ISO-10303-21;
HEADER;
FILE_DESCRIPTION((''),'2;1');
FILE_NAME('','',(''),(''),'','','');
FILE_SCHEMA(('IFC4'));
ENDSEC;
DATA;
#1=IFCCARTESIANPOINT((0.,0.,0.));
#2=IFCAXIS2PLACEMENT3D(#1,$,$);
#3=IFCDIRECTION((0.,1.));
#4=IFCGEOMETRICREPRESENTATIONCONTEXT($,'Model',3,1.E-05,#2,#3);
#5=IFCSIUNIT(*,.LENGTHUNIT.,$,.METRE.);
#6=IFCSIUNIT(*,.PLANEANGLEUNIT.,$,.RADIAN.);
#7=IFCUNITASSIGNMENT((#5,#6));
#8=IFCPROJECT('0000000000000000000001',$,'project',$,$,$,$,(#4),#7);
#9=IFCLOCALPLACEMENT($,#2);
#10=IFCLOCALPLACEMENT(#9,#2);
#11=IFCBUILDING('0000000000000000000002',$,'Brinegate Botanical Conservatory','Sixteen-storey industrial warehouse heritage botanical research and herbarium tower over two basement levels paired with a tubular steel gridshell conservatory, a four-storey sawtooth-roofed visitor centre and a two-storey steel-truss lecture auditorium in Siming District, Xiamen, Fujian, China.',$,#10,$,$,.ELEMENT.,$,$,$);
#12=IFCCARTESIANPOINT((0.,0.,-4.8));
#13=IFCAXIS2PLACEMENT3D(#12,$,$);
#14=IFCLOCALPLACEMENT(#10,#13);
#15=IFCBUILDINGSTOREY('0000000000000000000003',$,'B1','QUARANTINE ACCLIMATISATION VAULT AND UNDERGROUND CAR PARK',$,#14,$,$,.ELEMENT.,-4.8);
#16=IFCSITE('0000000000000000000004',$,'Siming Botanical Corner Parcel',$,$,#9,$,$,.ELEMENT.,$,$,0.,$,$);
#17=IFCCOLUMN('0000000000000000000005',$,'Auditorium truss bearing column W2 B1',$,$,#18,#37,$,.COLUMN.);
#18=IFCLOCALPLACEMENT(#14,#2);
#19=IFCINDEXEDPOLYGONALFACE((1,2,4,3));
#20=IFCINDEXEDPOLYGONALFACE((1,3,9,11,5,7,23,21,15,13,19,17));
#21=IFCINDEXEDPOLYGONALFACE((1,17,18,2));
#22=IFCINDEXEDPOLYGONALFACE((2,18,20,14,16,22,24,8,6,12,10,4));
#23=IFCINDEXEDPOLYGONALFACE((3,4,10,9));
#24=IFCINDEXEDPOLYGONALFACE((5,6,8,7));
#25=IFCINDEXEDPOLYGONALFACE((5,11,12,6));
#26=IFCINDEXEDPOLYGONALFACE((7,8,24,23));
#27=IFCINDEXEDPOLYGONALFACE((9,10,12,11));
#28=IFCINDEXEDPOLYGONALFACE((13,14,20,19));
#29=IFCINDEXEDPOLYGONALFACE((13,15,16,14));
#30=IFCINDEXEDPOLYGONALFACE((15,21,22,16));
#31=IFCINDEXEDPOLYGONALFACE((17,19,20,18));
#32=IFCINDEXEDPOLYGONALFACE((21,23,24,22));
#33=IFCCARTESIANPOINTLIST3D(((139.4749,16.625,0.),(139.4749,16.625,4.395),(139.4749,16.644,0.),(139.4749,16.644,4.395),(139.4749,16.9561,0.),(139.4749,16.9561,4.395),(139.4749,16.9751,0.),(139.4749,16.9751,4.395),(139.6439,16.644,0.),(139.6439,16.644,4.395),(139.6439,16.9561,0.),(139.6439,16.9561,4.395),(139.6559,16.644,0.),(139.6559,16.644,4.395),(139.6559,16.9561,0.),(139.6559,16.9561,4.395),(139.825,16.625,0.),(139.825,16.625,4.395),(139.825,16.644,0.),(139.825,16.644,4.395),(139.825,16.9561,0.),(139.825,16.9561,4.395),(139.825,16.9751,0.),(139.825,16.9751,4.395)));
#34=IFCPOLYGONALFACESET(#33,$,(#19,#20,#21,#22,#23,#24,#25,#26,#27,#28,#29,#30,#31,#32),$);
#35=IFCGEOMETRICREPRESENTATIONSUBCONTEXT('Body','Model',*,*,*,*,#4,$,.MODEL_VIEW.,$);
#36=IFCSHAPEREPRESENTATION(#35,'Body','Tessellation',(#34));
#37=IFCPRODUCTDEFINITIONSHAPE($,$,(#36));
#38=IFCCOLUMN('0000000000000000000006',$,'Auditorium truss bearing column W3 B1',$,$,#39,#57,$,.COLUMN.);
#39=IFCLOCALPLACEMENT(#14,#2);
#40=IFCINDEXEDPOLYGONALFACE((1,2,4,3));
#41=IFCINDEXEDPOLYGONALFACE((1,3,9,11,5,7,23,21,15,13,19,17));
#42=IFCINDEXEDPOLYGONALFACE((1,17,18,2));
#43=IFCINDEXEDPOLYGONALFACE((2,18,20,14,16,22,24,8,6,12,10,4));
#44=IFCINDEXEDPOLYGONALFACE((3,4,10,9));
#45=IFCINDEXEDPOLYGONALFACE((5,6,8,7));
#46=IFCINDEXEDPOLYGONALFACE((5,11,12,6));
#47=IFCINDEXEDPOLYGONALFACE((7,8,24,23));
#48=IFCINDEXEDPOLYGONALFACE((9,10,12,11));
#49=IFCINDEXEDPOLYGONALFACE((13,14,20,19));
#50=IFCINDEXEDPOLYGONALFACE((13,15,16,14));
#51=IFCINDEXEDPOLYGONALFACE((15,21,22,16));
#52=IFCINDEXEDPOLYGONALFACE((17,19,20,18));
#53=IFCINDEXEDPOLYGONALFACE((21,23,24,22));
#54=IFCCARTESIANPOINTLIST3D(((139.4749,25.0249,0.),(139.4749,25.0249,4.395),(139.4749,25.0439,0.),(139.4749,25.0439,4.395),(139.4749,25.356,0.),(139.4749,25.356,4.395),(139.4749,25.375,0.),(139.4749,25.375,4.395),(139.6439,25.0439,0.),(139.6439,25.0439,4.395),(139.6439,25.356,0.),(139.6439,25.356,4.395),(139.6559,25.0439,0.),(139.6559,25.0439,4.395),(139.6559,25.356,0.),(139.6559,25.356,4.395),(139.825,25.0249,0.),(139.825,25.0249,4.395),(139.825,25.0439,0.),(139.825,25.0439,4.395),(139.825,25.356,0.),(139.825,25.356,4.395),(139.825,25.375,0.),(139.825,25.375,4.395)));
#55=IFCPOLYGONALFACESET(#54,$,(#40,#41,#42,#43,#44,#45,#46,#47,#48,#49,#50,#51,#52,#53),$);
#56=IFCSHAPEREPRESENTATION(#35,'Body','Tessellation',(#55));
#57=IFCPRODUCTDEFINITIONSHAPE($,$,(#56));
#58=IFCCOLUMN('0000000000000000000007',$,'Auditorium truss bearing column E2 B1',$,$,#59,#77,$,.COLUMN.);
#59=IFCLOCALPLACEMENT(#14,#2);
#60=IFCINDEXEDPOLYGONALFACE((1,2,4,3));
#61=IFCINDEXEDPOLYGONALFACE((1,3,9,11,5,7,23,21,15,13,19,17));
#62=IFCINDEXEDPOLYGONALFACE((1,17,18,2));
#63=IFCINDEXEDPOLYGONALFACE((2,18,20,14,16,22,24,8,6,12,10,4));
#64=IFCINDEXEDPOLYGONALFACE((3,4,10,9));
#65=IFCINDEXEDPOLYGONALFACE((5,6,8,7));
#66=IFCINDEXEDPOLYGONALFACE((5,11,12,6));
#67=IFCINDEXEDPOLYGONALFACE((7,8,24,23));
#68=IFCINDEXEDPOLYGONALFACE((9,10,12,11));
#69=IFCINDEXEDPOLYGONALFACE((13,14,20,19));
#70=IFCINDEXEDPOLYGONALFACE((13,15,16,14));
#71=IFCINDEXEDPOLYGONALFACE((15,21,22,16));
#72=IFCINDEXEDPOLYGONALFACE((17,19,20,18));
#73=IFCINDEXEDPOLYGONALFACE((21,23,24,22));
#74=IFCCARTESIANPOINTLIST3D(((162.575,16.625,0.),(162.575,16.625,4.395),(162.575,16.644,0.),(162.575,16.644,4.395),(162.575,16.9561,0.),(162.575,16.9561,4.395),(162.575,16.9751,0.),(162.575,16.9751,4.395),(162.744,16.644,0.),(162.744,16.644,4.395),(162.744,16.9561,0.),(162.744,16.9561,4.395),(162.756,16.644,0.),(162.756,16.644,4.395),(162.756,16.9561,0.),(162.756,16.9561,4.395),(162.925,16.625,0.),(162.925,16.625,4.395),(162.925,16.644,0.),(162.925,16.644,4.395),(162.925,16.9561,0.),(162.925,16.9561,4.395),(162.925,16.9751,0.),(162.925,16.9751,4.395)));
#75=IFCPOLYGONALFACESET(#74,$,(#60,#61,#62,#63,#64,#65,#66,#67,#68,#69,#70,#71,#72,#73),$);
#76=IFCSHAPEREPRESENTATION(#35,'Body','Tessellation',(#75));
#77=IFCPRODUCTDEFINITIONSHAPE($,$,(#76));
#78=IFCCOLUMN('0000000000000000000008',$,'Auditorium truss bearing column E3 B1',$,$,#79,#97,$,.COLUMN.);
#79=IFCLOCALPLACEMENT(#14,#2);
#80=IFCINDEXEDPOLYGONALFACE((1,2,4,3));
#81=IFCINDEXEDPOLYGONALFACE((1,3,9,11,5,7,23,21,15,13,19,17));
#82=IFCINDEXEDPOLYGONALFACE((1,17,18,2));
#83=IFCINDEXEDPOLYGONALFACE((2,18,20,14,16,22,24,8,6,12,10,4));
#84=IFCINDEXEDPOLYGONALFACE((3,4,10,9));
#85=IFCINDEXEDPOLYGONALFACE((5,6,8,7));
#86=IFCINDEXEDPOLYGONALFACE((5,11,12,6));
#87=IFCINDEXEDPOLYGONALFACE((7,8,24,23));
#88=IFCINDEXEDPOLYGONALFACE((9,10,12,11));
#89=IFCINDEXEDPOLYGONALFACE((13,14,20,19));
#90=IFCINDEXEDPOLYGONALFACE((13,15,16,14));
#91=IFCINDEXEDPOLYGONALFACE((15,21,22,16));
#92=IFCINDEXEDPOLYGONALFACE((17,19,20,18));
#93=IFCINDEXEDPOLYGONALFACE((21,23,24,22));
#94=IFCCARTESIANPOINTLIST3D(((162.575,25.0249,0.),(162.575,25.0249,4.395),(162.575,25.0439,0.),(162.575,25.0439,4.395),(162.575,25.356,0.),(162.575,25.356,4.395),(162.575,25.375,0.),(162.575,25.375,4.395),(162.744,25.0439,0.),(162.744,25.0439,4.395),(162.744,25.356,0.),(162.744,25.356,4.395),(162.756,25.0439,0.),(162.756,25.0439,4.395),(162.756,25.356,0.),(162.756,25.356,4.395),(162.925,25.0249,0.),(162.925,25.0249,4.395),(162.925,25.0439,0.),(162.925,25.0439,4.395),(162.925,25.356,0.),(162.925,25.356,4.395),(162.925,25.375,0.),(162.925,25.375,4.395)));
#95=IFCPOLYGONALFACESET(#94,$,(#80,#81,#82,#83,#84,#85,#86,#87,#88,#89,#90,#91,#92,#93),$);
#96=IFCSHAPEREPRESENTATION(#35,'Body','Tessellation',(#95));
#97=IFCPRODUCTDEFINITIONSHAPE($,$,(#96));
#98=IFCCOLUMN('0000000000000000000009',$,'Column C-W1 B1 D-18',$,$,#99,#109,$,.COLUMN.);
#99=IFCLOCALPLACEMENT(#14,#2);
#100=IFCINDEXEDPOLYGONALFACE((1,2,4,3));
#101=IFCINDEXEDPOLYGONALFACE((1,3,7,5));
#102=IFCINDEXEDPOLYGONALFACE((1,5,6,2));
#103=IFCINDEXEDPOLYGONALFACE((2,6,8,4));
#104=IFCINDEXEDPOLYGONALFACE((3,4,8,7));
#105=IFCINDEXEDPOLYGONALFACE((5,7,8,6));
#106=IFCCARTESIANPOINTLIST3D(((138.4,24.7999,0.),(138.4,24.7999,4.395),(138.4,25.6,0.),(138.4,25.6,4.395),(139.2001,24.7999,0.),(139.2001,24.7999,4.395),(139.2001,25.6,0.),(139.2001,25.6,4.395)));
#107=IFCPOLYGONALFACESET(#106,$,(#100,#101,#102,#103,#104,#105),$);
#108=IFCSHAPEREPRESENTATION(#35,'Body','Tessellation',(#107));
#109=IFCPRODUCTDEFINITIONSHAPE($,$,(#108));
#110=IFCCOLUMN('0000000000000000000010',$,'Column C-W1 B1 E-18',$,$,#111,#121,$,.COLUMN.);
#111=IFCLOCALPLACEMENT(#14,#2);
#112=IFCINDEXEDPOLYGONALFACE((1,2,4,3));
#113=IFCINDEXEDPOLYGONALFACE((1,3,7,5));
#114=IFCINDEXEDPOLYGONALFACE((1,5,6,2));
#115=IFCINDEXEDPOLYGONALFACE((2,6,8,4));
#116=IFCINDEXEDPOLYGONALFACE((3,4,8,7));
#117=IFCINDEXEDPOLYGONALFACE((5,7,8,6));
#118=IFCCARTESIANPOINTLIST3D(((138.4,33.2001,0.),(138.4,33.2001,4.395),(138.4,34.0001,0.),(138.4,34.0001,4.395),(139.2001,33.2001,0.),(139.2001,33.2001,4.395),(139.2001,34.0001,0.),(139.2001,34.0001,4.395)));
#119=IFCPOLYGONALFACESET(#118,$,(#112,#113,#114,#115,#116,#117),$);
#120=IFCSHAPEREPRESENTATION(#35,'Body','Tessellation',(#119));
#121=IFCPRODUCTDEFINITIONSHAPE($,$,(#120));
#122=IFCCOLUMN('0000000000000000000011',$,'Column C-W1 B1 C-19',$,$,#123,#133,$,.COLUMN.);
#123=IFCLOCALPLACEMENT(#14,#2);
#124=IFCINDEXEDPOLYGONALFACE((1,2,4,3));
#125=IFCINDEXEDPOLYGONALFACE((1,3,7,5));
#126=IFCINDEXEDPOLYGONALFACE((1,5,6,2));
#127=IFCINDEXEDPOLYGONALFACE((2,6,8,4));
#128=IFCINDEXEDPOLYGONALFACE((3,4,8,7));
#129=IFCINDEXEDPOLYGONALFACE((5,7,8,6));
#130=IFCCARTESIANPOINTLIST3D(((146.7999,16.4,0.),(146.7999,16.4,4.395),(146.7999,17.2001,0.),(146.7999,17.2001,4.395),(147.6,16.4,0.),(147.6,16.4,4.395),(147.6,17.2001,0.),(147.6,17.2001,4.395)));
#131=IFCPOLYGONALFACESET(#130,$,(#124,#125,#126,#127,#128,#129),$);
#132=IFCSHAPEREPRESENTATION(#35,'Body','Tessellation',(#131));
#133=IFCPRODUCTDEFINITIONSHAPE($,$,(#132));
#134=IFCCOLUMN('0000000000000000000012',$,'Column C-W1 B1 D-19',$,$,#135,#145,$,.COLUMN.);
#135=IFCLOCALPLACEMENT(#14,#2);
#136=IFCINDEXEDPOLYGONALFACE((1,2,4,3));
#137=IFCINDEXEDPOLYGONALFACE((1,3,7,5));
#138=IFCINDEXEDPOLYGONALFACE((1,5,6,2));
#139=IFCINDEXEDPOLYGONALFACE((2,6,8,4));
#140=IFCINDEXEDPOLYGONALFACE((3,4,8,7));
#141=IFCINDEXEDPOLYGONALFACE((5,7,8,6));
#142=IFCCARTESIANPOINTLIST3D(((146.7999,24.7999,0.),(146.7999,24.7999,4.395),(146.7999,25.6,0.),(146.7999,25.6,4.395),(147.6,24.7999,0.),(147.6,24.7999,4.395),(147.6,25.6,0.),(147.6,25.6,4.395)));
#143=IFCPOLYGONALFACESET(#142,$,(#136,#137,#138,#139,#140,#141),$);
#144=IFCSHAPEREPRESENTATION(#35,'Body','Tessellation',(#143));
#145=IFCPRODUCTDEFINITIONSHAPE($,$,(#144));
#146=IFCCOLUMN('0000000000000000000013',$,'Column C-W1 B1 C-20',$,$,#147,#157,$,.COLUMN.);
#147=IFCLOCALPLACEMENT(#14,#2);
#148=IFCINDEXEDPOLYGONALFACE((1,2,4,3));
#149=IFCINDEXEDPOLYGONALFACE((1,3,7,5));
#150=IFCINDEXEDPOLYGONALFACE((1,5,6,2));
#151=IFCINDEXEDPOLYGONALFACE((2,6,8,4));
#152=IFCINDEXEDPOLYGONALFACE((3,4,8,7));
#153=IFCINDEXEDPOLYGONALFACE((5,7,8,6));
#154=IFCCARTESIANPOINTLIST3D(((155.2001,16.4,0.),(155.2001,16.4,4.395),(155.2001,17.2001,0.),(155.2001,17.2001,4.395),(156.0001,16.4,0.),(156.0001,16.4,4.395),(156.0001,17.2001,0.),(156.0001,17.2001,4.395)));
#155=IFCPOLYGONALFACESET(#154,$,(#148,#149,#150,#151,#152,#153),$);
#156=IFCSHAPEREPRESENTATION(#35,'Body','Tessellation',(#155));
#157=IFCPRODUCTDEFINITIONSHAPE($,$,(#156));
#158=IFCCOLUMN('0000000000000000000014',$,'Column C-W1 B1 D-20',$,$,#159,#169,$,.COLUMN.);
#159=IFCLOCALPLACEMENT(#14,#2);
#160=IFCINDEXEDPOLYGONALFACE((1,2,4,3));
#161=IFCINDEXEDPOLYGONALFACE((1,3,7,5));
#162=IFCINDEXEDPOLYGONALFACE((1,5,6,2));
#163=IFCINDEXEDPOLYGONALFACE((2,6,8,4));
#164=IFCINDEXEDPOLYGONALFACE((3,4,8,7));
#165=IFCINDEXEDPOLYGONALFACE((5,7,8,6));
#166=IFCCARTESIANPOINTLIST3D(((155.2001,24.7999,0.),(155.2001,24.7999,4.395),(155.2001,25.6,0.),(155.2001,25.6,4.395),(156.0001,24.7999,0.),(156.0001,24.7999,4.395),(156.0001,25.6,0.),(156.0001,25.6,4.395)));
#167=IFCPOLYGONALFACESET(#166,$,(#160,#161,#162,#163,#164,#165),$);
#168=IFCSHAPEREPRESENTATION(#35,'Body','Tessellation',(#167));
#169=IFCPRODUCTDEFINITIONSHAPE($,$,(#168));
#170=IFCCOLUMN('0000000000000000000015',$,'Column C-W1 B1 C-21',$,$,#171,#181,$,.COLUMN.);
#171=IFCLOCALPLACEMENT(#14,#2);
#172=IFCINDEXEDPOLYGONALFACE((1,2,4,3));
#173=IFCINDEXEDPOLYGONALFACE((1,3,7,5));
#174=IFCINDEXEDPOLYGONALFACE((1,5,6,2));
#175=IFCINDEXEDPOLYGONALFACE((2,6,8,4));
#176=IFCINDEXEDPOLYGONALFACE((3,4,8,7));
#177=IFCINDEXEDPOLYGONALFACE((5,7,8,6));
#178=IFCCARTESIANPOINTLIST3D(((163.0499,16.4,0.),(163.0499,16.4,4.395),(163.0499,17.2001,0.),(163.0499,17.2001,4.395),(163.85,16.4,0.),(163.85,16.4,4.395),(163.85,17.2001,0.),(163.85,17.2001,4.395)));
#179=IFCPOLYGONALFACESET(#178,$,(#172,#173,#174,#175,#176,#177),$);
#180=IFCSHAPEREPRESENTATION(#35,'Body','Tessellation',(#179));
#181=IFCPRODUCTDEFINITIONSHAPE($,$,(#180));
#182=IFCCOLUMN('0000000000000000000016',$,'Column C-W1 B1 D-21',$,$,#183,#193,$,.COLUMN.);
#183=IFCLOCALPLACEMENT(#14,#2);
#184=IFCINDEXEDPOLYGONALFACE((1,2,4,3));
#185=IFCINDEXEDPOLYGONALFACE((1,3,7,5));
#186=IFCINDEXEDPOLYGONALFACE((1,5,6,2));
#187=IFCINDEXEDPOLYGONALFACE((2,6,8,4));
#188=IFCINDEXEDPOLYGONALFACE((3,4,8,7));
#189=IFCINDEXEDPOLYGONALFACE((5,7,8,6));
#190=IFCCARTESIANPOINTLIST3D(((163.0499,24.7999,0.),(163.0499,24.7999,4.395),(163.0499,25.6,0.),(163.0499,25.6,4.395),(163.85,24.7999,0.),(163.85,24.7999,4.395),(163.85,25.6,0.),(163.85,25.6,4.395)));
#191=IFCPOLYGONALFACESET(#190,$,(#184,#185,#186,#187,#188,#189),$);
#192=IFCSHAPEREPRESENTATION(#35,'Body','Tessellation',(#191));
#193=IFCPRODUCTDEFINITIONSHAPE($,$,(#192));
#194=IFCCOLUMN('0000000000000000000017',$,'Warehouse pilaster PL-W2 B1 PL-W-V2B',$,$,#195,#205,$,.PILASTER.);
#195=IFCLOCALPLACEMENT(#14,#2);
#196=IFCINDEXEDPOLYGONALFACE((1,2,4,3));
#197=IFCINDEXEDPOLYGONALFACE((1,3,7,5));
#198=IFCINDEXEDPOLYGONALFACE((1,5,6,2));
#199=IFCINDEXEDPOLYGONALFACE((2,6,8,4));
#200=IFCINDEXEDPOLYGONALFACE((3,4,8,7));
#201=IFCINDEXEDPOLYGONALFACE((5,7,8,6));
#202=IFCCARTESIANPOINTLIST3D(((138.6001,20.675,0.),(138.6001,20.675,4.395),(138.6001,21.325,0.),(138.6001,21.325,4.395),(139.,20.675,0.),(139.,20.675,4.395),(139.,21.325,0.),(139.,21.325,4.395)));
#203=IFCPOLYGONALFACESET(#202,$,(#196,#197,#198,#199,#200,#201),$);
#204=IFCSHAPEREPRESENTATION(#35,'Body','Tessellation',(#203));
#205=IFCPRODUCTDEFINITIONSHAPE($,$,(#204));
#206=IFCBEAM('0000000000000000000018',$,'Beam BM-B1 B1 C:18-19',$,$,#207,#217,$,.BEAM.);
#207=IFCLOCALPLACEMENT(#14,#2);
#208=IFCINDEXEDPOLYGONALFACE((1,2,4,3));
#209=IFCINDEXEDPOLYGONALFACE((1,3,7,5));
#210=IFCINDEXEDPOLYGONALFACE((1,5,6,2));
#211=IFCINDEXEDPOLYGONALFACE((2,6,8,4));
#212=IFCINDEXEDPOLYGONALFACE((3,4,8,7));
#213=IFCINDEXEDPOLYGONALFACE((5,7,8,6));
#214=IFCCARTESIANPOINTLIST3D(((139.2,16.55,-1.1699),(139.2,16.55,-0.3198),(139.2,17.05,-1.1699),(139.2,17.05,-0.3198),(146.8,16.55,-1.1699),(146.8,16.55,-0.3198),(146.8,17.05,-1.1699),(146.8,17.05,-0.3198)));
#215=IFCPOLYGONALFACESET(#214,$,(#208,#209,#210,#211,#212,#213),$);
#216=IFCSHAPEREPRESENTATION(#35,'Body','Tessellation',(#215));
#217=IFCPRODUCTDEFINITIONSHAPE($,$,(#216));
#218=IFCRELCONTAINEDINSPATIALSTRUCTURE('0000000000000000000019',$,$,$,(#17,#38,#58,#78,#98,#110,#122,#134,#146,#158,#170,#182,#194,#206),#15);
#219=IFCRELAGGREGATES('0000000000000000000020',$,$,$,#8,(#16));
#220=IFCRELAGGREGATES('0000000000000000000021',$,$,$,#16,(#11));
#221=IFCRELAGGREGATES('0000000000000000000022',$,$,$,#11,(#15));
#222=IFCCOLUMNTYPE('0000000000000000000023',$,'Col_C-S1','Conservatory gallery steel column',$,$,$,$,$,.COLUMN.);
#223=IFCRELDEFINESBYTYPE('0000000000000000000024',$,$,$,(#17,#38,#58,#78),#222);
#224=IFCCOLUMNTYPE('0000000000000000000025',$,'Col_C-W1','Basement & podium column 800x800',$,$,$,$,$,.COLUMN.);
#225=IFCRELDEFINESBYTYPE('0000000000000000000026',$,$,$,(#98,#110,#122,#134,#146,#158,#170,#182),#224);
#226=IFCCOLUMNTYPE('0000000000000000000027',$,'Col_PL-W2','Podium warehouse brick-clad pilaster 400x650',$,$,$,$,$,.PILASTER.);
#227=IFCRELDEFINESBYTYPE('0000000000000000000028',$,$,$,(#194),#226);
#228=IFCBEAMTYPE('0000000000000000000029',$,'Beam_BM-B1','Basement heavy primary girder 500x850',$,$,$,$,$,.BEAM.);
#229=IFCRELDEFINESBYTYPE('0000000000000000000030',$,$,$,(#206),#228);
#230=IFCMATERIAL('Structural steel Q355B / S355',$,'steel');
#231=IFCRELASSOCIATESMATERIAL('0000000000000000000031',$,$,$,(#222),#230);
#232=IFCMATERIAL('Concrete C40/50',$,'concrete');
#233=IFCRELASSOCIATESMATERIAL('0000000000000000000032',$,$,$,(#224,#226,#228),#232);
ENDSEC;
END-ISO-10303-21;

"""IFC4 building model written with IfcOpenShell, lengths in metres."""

from ifc_helpers import new_model, si_unit, direction, frame, origin, origin_2d, place, context, subcontext, project, spatial, rectangle, i_section, extrude, material, material_profile, profile_set, type_object, element, save


model = new_model("IFC4")

# Units and contexts
model_context = context("Model", 3, precision=1e-05, world=origin(), true_north=direction((0.0, 1.0)))
body_context = subcontext(model_context, "Body", "Model", "MODEL_VIEW")
ifc_project = project(units=[si_unit("LENGTHUNIT", "METRE"), si_unit("PLANEANGLEUNIT", "RADIAN")], contexts=[model_context])

# Site, building, storey
site_placement = place(None, origin())
site = spatial("IfcSite", under=ifc_project, at=site_placement, Name="Siming Botanical Corner Parcel", CompositionType="ELEMENT", RefElevation=0.0)
building_placement = place(site_placement, origin())
building = spatial("IfcBuilding", under=site, at=building_placement, Name="Brinegate Botanical Conservatory", Description="Sixteen-storey industrial warehouse heritage botanical research and herbarium tower over two basement levels paired with a tubular steel gridshell conservatory, a four-storey sawtooth-roofed visitor centre and a two-storey steel-truss lecture auditorium in Siming District, Xiamen, Fujian, China.", CompositionType="ELEMENT")
storey_placement = place(building_placement, frame((0.0, 0.0, -4.8)))
storey = spatial("IfcBuildingStorey", under=building, at=storey_placement, Name="B1", Description="QUARANTINE ACCLIMATISATION VAULT AND UNDERGROUND CAR PARK", CompositionType="ELEMENT", Elevation=-4.8)

# Columns
ifc_material_1 = material(Name="Structural steel Q355B / S355", Category="steel")
ifc_material_profile_1 = material_profile(ifc_material_1, i_section(OverallWidth=0.3501, OverallDepth=0.3501, WebThickness=0.012, FlangeThickness=0.019, at=origin_2d()), Name="HW 350x350x12x19")
ifc_profile_set_1 = profile_set([ifc_material_profile_1], Name="Structural steel Q355B / S355")
column_type_1 = type_object("IfcColumnType", Name="Col_C-S1", Description="Conservatory gallery steel column", PredefinedType="COLUMN", material=ifc_profile_set_1)
for number, where, z_axis, x_axis, name in (
    (1, (139.6499, 16.8, 0.0), (0.0, 0.0, 1.0), (1.0, 0.0, 0.0), "Auditorium truss bearing column W2 B1"),
    (2, (139.6499, 25.2, 0.0), (0.0, 0.0, 1.0), (1.0, 0.0, 0.0), "Auditorium truss bearing column W3 B1"),
    (3, (162.75, 16.8, 0.0), (0.0, 0.0, 1.0), (1.0, 0.0, 0.0), "Auditorium truss bearing column E2 B1"),
    (4, (162.75, 25.2, 0.0), (0.0, 0.0, 1.0), (1.0, 0.0, 0.0), "Auditorium truss bearing column E3 B1"),
):
    element("IfcColumn", number, at=place(storey_placement, frame(where, z_axis=z_axis, x_axis=x_axis)), inside=storey, type_object=column_type_1, Name=name, PredefinedType="COLUMN", context=body_context, shape_type="SweptSolid", body=[
        extrude(i_section(OverallWidth=0.3501, OverallDepth=0.3501, WebThickness=0.012, FlangeThickness=0.019, at=origin_2d()), origin(), (0.0, 0.0, 1.0), 4.395),
    ])
ifc_material_2 = material(Name="Concrete C40/50", Category="concrete")
ifc_material_profile_2 = material_profile(ifc_material_2, rectangle(XDim=0.8, YDim=0.8, at=origin_2d()), Name="RC COL 800x800")
ifc_profile_set_2 = profile_set([ifc_material_profile_2], Name="Concrete C40/50")
column_type_2 = type_object("IfcColumnType", Name="Col_C-W1", Description="Basement & podium column 800x800", PredefinedType="COLUMN", material=ifc_profile_set_2)
for number, where, z_axis, x_axis, name in (
    (5, (138.8, 25.2, 0.0), (0.0, 0.0, 1.0), (1.0, 0.0, 0.0), "Column C-W1 B1 D-18"),
    (6, (138.8, 33.6001, 0.0), (0.0, 0.0, 1.0), (1.0, 0.0, 0.0), "Column C-W1 B1 E-18"),
    (7, (147.2, 16.8, 0.0), (0.0, 0.0, 1.0), (1.0, 0.0, 0.0), "Column C-W1 B1 C-19"),
    (8, (147.2, 25.2, 0.0), (0.0, 0.0, 1.0), (1.0, 0.0, 0.0), "Column C-W1 B1 D-19"),
    (9, (155.6001, 16.8, 0.0), (0.0, 0.0, 1.0), (1.0, 0.0, 0.0), "Column C-W1 B1 C-20"),
    (10, (155.6001, 25.2, 0.0), (0.0, 0.0, 1.0), (1.0, 0.0, 0.0), "Column C-W1 B1 D-20"),
    (11, (163.45, 16.8, 0.0), (0.0, 0.0, 1.0), (1.0, 0.0, 0.0), "Column C-W1 B1 C-21"),
    (12, (163.45, 25.2, 0.0), (0.0, 0.0, 1.0), (1.0, 0.0, 0.0), "Column C-W1 B1 D-21"),
):
    element("IfcColumn", number, at=place(storey_placement, frame(where, z_axis=z_axis, x_axis=x_axis)), inside=storey, type_object=column_type_2, Name=name, PredefinedType="COLUMN", context=body_context, shape_type="SweptSolid", body=[
        extrude(rectangle(XDim=0.8, YDim=0.8, at=origin_2d()), origin(), (0.0, 0.0, 1.0), 4.395),
    ])
ifc_material_profile_3 = material_profile(ifc_material_2, rectangle(XDim=0.3999, YDim=0.6499, at=origin_2d()), Name="RC PILASTER 400x650")
ifc_profile_set_3 = profile_set([ifc_material_profile_3], Name="Concrete C40/50")
column_type_3 = type_object("IfcColumnType", Name="Col_PL-W2", Description="Podium warehouse brick-clad pilaster 400x650", PredefinedType="PILASTER", material=ifc_profile_set_3)
column_placement = place(storey_placement, frame((138.8, 21.0, 0.0), z_axis=(0.0, 0.0, 1.0), x_axis=(1.0, 0.0, 0.0)))
element("IfcColumn", 13, at=column_placement, inside=storey, type_object=column_type_3, Name="Warehouse pilaster PL-W2 B1 PL-W-V2B", PredefinedType="PILASTER", context=body_context, shape_type="SweptSolid", body=[
    extrude(rectangle(XDim=0.3999, YDim=0.6499, at=origin_2d()), origin(), (0.0, 0.0, 1.0), 4.395),
])

# Beam
ifc_material_profile_4 = material_profile(ifc_material_2, rectangle(XDim=0.5, YDim=0.8501, at=origin_2d()), Name="RC BM 500x850")
ifc_profile_set_4 = profile_set([ifc_material_profile_4], Name="Concrete C40/50")
beam_type_1 = type_object("IfcBeamType", Name="Beam_BM-B1", Description="Basement heavy primary girder 500x850", PredefinedType="BEAM", material=ifc_profile_set_4)
beam_1_placement = place(storey_placement, frame((139.2, 16.8, -0.7449), z_axis=(1.0, 0.0, 0.0), x_axis=(0.0, 1.0, 0.0)))
element("IfcBeam", 14, at=beam_1_placement, inside=storey, type_object=beam_type_1, Name="Beam BM-B1 B1 C:18-19", PredefinedType="BEAM", context=body_context, shape_type="SweptSolid", body=[
    extrude(rectangle(XDim=0.5, YDim=0.8501, at=origin_2d()), origin(), (0.0, 0.0, 1.0), 7.6001),
])

save(model, "model.ifc")
